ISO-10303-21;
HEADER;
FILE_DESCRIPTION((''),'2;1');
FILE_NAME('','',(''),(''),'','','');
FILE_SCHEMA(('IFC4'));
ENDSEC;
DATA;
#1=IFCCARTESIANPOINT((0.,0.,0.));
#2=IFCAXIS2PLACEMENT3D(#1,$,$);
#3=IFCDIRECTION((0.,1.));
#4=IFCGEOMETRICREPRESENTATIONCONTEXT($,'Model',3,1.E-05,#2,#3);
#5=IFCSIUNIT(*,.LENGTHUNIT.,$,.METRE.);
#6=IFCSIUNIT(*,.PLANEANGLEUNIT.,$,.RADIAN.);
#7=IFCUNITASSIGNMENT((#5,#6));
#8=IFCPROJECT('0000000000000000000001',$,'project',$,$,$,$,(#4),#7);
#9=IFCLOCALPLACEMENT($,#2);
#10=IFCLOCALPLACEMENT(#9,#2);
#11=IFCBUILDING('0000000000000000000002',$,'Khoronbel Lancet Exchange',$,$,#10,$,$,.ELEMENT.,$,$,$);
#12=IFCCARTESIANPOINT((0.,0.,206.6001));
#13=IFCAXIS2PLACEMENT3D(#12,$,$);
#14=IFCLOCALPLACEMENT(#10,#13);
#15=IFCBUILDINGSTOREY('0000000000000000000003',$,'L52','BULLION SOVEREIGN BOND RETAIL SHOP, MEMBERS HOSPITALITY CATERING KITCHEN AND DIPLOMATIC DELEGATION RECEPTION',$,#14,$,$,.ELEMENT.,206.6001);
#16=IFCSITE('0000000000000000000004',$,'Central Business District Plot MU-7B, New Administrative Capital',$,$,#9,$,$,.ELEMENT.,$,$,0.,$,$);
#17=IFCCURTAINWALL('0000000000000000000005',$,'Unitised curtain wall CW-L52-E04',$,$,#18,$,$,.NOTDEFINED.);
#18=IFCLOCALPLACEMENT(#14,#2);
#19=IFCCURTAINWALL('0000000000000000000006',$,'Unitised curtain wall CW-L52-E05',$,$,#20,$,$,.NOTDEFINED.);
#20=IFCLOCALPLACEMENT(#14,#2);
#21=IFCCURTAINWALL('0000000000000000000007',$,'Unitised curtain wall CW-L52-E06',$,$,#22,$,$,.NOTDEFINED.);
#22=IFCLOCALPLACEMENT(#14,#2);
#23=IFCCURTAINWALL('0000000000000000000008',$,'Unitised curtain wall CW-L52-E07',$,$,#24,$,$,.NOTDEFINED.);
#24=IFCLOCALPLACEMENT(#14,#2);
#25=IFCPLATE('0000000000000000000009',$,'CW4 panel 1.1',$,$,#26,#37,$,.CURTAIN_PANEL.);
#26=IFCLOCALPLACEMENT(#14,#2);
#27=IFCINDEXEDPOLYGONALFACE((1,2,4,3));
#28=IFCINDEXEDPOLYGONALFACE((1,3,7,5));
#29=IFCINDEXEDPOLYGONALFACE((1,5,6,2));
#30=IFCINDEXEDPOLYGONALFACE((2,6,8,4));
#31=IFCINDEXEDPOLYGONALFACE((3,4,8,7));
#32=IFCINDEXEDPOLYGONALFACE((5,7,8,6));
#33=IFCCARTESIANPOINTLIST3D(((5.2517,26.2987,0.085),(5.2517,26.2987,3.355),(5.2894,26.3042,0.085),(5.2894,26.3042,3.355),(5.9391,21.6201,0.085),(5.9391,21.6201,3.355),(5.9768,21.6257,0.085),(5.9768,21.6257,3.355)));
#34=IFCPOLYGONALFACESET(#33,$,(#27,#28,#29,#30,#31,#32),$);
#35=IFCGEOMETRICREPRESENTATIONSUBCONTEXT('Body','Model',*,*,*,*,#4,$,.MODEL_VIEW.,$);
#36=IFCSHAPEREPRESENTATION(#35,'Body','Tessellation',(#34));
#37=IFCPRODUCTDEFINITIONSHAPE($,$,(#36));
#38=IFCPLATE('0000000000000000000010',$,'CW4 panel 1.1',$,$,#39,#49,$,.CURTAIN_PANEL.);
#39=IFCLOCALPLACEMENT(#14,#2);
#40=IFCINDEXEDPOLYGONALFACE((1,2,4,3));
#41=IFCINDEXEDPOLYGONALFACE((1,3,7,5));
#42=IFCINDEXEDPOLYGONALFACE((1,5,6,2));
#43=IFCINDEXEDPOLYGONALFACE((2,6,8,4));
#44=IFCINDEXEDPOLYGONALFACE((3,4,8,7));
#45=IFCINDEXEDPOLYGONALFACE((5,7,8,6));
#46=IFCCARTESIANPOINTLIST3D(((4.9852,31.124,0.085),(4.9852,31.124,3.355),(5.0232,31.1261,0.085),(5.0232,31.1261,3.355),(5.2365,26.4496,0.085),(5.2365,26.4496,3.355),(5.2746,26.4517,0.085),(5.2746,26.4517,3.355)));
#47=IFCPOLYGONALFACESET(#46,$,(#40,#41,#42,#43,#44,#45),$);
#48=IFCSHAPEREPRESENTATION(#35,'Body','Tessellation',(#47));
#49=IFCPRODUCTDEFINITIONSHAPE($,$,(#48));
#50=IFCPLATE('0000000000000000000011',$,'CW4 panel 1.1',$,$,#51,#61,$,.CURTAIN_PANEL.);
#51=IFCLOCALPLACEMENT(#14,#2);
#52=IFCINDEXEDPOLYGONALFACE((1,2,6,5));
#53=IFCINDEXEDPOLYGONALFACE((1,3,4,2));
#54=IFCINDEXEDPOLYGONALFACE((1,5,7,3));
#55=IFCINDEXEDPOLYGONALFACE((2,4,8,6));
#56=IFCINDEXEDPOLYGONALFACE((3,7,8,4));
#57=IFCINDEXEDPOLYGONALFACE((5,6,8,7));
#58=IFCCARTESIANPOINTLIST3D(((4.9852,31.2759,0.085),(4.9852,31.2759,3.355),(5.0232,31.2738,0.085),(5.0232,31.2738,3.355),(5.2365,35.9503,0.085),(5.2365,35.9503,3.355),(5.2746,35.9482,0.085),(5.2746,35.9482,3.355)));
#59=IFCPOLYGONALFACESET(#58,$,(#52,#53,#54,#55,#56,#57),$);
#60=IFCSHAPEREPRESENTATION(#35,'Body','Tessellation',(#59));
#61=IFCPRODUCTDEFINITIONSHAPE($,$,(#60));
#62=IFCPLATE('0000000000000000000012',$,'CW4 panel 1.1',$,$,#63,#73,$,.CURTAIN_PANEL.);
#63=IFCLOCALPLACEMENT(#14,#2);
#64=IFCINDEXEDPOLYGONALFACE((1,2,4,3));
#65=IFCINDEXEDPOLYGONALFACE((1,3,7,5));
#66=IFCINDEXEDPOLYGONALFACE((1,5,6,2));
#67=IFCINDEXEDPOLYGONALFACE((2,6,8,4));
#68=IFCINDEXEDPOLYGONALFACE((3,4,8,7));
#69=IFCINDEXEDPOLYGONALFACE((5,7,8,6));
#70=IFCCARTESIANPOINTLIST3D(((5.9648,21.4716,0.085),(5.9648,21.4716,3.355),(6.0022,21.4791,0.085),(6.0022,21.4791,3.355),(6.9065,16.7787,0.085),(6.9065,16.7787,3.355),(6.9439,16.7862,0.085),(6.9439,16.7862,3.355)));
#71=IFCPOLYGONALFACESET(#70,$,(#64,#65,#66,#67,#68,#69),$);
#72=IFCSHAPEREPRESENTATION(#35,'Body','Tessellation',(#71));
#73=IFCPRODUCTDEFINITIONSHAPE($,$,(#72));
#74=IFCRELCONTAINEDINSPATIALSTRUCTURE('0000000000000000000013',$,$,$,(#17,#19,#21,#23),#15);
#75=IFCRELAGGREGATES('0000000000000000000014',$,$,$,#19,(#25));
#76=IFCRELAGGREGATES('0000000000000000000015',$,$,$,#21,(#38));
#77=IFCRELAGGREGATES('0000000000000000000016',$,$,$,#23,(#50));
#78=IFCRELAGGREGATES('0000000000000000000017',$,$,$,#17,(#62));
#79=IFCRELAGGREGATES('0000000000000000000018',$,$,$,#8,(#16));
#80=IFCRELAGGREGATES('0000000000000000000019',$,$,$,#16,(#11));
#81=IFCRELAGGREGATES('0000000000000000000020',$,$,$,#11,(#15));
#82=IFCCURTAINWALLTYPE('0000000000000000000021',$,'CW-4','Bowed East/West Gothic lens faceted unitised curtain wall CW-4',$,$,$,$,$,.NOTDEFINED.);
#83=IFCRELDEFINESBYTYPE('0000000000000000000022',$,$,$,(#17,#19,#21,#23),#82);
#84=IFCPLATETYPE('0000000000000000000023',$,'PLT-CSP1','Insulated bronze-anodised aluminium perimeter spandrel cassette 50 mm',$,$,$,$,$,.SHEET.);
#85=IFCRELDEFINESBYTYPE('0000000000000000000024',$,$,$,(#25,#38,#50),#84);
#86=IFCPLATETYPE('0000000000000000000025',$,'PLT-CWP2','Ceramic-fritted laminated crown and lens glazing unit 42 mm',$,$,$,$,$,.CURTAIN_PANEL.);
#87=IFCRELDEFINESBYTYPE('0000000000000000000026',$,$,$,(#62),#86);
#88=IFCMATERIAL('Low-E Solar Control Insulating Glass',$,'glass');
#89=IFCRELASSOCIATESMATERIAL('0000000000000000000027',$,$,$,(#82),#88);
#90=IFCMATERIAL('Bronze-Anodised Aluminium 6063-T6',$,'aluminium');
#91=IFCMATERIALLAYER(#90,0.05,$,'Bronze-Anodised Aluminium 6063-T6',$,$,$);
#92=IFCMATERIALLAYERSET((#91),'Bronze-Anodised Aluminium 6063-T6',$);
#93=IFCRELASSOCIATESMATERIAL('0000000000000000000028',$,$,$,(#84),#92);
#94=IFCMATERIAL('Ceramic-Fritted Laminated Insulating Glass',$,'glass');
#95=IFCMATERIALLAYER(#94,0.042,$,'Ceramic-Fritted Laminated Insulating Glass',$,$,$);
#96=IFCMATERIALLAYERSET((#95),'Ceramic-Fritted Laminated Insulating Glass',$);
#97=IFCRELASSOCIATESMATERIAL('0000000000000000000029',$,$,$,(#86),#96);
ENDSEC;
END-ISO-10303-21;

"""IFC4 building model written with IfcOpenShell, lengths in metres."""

from ifc_helpers import new_model, si_unit, direction, frame, origin, origin_2d, place, context, subcontext, project, spatial, rectangle, extrude, material, layer, layer_set, type_object, element, aggregate, save


model = new_model("IFC4")

# Units and contexts
model_context = context("Model", 3, precision=1e-05, world=origin(), true_north=direction((0.0, 1.0)))
body_context = subcontext(model_context, "Body", "Model", "MODEL_VIEW")
ifc_project = project(units=[si_unit("LENGTHUNIT", "METRE"), si_unit("PLANEANGLEUNIT", "RADIAN")], contexts=[model_context])

# Site, building, storey
site_placement = place(None, origin())
site = spatial("IfcSite", under=ifc_project, at=site_placement, Name="Central Business District Plot MU-7B, New Administrative Capital", CompositionType="ELEMENT", RefElevation=0.0)
building_placement = place(site_placement, origin())
building = spatial("IfcBuilding", under=site, at=building_placement, Name="Khoronbel Lancet Exchange", CompositionType="ELEMENT")
storey_placement = place(building_placement, frame((0.0, 0.0, 206.6001)))
storey = spatial("IfcBuildingStorey", under=building, at=storey_placement, Name="L52", Description="BULLION SOVEREIGN BOND RETAIL SHOP, MEMBERS HOSPITALITY CATERING KITCHEN AND DIPLOMATIC DELEGATION RECEPTION", CompositionType="ELEMENT", Elevation=206.6001)

# Curtain walls
ifc_material_1 = material(Name="Low-E Solar Control Insulating Glass", Category="glass")
curtain_wall_type = type_object("IfcCurtainWallType", Name="CW-4", Description="Bowed East/West Gothic lens faceted unitised curtain wall CW-4", PredefinedType="NOTDEFINED", material=ifc_material_1)
curtain_wall_1_placement = place(storey_placement, origin())
curtain_wall_1 = element("IfcCurtainWall", 1, at=curtain_wall_1_placement, inside=storey, type_object=curtain_wall_type, Name="Unitised curtain wall CW-L52-E04", PredefinedType="NOTDEFINED")
ifc_material_2 = material(Name="Bronze-Anodised Aluminium 6063-T6", Category="aluminium")
curtain_wall_2_placement = place(storey_placement, origin())
curtain_wall_2 = element("IfcCurtainWall", 2, at=curtain_wall_2_placement, inside=storey, type_object=curtain_wall_type, Name="Unitised curtain wall CW-L52-E05", PredefinedType="NOTDEFINED")
curtain_wall_3_placement = place(storey_placement, origin())
curtain_wall_3 = element("IfcCurtainWall", 3, at=curtain_wall_3_placement, inside=storey, type_object=curtain_wall_type, Name="Unitised curtain wall CW-L52-E06", PredefinedType="NOTDEFINED")

# Curtain wall
curtain_wall_4_placement = place(storey_placement, origin())
curtain_wall_4 = element("IfcCurtainWall", 4, at=curtain_wall_4_placement, inside=storey, type_object=curtain_wall_type, Name="Unitised curtain wall CW-L52-E07", PredefinedType="NOTDEFINED")

# Plates
ifc_layer_1 = layer(ifc_material_2, 0.05, Name="Bronze-Anodised Aluminium 6063-T6")
ifc_layer_set_1 = layer_set([ifc_layer_1], Name="Bronze-Anodised Aluminium 6063-T6")
plate_type_1 = type_object("IfcPlateType", Name="PLT-CSP1", Description="Insulated bronze-anodised aluminium perimeter spandrel cassette 50 mm", PredefinedType="SHEET", material=ifc_layer_set_1)
plate_1_placement = place(storey_placement, frame((5.6143, 23.9622, 0.085), z_axis=(0.0, 0.0, 1.0), x_axis=(-0.145363, 0.989378, 0.0)))
plate_1 = element("IfcPlate", 5, at=plate_1_placement, type_object=plate_type_1, Name="CW4 panel 1.1", PredefinedType="CURTAIN_PANEL", context=body_context, shape_type="SweptSolid", body=[
    extrude(rectangle(XDim=4.7288, YDim=0.0381, at=origin_2d()), origin(), (0.0, 0.0, 1.0), 3.27),
])
aggregate(curtain_wall_2, [plate_1])
plate_2_placement = place(storey_placement, frame((5.1299, 28.7878, 0.085), z_axis=(0.0, 0.0, 1.0), x_axis=(-0.053692, 0.998558, 0.0)))
plate_2 = element("IfcPlate", 6, at=plate_2_placement, type_object=plate_type_1, Name="CW4 panel 1.1", PredefinedType="CURTAIN_PANEL", context=body_context, shape_type="SweptSolid", body=[
    extrude(rectangle(XDim=4.6812, YDim=0.0381, at=origin_2d()), origin(), (0.0, 0.0, 1.0), 3.27),
])
aggregate(curtain_wall_3, [plate_2])
plate_3_placement = place(storey_placement, frame((5.1299, 33.6121, 0.085), z_axis=(0.0, 0.0, 1.0), x_axis=(0.053692, 0.998558, 0.0)))
plate_3 = element("IfcPlate", 7, at=plate_3_placement, type_object=plate_type_1, Name="CW4 panel 1.1", PredefinedType="CURTAIN_PANEL", context=body_context, shape_type="SweptSolid", body=[
    extrude(rectangle(XDim=4.6812, YDim=0.0381, at=origin_2d()), origin(), (0.0, 0.0, 1.0), 3.27),
])
aggregate(curtain_wall_4, [plate_3])
ifc_material_3 = material(Name="Ceramic-Fritted Laminated Insulating Glass", Category="glass")
ifc_layer_2 = layer(ifc_material_3, 0.042, Name="Ceramic-Fritted Laminated Insulating Glass")
ifc_layer_set_2 = layer_set([ifc_layer_2], Name="Ceramic-Fritted Laminated Insulating Glass")
plate_type_2 = type_object("IfcPlateType", Name="PLT-CWP2", Description="Ceramic-fritted laminated crown and lens glazing unit 42 mm", PredefinedType="CURTAIN_PANEL", material=ifc_layer_set_2)
plate_4_placement = place(storey_placement, frame((6.4543, 19.1289, 0.085), z_axis=(0.0, 0.0, 1.0), x_axis=(-0.196747, 0.980454, 0.0)))
plate_4 = element("IfcPlate", 8, at=plate_4_placement, type_object=plate_type_2, Name="CW4 panel 1.1", PredefinedType="CURTAIN_PANEL", context=body_context, shape_type="SweptSolid", body=[
    extrude(rectangle(XDim=4.7864, YDim=0.0381, at=origin_2d()), origin(), (0.0, 0.0, 1.0), 3.27),
])
aggregate(curtain_wall_1, [plate_4])

save(model, "model.ifc")
